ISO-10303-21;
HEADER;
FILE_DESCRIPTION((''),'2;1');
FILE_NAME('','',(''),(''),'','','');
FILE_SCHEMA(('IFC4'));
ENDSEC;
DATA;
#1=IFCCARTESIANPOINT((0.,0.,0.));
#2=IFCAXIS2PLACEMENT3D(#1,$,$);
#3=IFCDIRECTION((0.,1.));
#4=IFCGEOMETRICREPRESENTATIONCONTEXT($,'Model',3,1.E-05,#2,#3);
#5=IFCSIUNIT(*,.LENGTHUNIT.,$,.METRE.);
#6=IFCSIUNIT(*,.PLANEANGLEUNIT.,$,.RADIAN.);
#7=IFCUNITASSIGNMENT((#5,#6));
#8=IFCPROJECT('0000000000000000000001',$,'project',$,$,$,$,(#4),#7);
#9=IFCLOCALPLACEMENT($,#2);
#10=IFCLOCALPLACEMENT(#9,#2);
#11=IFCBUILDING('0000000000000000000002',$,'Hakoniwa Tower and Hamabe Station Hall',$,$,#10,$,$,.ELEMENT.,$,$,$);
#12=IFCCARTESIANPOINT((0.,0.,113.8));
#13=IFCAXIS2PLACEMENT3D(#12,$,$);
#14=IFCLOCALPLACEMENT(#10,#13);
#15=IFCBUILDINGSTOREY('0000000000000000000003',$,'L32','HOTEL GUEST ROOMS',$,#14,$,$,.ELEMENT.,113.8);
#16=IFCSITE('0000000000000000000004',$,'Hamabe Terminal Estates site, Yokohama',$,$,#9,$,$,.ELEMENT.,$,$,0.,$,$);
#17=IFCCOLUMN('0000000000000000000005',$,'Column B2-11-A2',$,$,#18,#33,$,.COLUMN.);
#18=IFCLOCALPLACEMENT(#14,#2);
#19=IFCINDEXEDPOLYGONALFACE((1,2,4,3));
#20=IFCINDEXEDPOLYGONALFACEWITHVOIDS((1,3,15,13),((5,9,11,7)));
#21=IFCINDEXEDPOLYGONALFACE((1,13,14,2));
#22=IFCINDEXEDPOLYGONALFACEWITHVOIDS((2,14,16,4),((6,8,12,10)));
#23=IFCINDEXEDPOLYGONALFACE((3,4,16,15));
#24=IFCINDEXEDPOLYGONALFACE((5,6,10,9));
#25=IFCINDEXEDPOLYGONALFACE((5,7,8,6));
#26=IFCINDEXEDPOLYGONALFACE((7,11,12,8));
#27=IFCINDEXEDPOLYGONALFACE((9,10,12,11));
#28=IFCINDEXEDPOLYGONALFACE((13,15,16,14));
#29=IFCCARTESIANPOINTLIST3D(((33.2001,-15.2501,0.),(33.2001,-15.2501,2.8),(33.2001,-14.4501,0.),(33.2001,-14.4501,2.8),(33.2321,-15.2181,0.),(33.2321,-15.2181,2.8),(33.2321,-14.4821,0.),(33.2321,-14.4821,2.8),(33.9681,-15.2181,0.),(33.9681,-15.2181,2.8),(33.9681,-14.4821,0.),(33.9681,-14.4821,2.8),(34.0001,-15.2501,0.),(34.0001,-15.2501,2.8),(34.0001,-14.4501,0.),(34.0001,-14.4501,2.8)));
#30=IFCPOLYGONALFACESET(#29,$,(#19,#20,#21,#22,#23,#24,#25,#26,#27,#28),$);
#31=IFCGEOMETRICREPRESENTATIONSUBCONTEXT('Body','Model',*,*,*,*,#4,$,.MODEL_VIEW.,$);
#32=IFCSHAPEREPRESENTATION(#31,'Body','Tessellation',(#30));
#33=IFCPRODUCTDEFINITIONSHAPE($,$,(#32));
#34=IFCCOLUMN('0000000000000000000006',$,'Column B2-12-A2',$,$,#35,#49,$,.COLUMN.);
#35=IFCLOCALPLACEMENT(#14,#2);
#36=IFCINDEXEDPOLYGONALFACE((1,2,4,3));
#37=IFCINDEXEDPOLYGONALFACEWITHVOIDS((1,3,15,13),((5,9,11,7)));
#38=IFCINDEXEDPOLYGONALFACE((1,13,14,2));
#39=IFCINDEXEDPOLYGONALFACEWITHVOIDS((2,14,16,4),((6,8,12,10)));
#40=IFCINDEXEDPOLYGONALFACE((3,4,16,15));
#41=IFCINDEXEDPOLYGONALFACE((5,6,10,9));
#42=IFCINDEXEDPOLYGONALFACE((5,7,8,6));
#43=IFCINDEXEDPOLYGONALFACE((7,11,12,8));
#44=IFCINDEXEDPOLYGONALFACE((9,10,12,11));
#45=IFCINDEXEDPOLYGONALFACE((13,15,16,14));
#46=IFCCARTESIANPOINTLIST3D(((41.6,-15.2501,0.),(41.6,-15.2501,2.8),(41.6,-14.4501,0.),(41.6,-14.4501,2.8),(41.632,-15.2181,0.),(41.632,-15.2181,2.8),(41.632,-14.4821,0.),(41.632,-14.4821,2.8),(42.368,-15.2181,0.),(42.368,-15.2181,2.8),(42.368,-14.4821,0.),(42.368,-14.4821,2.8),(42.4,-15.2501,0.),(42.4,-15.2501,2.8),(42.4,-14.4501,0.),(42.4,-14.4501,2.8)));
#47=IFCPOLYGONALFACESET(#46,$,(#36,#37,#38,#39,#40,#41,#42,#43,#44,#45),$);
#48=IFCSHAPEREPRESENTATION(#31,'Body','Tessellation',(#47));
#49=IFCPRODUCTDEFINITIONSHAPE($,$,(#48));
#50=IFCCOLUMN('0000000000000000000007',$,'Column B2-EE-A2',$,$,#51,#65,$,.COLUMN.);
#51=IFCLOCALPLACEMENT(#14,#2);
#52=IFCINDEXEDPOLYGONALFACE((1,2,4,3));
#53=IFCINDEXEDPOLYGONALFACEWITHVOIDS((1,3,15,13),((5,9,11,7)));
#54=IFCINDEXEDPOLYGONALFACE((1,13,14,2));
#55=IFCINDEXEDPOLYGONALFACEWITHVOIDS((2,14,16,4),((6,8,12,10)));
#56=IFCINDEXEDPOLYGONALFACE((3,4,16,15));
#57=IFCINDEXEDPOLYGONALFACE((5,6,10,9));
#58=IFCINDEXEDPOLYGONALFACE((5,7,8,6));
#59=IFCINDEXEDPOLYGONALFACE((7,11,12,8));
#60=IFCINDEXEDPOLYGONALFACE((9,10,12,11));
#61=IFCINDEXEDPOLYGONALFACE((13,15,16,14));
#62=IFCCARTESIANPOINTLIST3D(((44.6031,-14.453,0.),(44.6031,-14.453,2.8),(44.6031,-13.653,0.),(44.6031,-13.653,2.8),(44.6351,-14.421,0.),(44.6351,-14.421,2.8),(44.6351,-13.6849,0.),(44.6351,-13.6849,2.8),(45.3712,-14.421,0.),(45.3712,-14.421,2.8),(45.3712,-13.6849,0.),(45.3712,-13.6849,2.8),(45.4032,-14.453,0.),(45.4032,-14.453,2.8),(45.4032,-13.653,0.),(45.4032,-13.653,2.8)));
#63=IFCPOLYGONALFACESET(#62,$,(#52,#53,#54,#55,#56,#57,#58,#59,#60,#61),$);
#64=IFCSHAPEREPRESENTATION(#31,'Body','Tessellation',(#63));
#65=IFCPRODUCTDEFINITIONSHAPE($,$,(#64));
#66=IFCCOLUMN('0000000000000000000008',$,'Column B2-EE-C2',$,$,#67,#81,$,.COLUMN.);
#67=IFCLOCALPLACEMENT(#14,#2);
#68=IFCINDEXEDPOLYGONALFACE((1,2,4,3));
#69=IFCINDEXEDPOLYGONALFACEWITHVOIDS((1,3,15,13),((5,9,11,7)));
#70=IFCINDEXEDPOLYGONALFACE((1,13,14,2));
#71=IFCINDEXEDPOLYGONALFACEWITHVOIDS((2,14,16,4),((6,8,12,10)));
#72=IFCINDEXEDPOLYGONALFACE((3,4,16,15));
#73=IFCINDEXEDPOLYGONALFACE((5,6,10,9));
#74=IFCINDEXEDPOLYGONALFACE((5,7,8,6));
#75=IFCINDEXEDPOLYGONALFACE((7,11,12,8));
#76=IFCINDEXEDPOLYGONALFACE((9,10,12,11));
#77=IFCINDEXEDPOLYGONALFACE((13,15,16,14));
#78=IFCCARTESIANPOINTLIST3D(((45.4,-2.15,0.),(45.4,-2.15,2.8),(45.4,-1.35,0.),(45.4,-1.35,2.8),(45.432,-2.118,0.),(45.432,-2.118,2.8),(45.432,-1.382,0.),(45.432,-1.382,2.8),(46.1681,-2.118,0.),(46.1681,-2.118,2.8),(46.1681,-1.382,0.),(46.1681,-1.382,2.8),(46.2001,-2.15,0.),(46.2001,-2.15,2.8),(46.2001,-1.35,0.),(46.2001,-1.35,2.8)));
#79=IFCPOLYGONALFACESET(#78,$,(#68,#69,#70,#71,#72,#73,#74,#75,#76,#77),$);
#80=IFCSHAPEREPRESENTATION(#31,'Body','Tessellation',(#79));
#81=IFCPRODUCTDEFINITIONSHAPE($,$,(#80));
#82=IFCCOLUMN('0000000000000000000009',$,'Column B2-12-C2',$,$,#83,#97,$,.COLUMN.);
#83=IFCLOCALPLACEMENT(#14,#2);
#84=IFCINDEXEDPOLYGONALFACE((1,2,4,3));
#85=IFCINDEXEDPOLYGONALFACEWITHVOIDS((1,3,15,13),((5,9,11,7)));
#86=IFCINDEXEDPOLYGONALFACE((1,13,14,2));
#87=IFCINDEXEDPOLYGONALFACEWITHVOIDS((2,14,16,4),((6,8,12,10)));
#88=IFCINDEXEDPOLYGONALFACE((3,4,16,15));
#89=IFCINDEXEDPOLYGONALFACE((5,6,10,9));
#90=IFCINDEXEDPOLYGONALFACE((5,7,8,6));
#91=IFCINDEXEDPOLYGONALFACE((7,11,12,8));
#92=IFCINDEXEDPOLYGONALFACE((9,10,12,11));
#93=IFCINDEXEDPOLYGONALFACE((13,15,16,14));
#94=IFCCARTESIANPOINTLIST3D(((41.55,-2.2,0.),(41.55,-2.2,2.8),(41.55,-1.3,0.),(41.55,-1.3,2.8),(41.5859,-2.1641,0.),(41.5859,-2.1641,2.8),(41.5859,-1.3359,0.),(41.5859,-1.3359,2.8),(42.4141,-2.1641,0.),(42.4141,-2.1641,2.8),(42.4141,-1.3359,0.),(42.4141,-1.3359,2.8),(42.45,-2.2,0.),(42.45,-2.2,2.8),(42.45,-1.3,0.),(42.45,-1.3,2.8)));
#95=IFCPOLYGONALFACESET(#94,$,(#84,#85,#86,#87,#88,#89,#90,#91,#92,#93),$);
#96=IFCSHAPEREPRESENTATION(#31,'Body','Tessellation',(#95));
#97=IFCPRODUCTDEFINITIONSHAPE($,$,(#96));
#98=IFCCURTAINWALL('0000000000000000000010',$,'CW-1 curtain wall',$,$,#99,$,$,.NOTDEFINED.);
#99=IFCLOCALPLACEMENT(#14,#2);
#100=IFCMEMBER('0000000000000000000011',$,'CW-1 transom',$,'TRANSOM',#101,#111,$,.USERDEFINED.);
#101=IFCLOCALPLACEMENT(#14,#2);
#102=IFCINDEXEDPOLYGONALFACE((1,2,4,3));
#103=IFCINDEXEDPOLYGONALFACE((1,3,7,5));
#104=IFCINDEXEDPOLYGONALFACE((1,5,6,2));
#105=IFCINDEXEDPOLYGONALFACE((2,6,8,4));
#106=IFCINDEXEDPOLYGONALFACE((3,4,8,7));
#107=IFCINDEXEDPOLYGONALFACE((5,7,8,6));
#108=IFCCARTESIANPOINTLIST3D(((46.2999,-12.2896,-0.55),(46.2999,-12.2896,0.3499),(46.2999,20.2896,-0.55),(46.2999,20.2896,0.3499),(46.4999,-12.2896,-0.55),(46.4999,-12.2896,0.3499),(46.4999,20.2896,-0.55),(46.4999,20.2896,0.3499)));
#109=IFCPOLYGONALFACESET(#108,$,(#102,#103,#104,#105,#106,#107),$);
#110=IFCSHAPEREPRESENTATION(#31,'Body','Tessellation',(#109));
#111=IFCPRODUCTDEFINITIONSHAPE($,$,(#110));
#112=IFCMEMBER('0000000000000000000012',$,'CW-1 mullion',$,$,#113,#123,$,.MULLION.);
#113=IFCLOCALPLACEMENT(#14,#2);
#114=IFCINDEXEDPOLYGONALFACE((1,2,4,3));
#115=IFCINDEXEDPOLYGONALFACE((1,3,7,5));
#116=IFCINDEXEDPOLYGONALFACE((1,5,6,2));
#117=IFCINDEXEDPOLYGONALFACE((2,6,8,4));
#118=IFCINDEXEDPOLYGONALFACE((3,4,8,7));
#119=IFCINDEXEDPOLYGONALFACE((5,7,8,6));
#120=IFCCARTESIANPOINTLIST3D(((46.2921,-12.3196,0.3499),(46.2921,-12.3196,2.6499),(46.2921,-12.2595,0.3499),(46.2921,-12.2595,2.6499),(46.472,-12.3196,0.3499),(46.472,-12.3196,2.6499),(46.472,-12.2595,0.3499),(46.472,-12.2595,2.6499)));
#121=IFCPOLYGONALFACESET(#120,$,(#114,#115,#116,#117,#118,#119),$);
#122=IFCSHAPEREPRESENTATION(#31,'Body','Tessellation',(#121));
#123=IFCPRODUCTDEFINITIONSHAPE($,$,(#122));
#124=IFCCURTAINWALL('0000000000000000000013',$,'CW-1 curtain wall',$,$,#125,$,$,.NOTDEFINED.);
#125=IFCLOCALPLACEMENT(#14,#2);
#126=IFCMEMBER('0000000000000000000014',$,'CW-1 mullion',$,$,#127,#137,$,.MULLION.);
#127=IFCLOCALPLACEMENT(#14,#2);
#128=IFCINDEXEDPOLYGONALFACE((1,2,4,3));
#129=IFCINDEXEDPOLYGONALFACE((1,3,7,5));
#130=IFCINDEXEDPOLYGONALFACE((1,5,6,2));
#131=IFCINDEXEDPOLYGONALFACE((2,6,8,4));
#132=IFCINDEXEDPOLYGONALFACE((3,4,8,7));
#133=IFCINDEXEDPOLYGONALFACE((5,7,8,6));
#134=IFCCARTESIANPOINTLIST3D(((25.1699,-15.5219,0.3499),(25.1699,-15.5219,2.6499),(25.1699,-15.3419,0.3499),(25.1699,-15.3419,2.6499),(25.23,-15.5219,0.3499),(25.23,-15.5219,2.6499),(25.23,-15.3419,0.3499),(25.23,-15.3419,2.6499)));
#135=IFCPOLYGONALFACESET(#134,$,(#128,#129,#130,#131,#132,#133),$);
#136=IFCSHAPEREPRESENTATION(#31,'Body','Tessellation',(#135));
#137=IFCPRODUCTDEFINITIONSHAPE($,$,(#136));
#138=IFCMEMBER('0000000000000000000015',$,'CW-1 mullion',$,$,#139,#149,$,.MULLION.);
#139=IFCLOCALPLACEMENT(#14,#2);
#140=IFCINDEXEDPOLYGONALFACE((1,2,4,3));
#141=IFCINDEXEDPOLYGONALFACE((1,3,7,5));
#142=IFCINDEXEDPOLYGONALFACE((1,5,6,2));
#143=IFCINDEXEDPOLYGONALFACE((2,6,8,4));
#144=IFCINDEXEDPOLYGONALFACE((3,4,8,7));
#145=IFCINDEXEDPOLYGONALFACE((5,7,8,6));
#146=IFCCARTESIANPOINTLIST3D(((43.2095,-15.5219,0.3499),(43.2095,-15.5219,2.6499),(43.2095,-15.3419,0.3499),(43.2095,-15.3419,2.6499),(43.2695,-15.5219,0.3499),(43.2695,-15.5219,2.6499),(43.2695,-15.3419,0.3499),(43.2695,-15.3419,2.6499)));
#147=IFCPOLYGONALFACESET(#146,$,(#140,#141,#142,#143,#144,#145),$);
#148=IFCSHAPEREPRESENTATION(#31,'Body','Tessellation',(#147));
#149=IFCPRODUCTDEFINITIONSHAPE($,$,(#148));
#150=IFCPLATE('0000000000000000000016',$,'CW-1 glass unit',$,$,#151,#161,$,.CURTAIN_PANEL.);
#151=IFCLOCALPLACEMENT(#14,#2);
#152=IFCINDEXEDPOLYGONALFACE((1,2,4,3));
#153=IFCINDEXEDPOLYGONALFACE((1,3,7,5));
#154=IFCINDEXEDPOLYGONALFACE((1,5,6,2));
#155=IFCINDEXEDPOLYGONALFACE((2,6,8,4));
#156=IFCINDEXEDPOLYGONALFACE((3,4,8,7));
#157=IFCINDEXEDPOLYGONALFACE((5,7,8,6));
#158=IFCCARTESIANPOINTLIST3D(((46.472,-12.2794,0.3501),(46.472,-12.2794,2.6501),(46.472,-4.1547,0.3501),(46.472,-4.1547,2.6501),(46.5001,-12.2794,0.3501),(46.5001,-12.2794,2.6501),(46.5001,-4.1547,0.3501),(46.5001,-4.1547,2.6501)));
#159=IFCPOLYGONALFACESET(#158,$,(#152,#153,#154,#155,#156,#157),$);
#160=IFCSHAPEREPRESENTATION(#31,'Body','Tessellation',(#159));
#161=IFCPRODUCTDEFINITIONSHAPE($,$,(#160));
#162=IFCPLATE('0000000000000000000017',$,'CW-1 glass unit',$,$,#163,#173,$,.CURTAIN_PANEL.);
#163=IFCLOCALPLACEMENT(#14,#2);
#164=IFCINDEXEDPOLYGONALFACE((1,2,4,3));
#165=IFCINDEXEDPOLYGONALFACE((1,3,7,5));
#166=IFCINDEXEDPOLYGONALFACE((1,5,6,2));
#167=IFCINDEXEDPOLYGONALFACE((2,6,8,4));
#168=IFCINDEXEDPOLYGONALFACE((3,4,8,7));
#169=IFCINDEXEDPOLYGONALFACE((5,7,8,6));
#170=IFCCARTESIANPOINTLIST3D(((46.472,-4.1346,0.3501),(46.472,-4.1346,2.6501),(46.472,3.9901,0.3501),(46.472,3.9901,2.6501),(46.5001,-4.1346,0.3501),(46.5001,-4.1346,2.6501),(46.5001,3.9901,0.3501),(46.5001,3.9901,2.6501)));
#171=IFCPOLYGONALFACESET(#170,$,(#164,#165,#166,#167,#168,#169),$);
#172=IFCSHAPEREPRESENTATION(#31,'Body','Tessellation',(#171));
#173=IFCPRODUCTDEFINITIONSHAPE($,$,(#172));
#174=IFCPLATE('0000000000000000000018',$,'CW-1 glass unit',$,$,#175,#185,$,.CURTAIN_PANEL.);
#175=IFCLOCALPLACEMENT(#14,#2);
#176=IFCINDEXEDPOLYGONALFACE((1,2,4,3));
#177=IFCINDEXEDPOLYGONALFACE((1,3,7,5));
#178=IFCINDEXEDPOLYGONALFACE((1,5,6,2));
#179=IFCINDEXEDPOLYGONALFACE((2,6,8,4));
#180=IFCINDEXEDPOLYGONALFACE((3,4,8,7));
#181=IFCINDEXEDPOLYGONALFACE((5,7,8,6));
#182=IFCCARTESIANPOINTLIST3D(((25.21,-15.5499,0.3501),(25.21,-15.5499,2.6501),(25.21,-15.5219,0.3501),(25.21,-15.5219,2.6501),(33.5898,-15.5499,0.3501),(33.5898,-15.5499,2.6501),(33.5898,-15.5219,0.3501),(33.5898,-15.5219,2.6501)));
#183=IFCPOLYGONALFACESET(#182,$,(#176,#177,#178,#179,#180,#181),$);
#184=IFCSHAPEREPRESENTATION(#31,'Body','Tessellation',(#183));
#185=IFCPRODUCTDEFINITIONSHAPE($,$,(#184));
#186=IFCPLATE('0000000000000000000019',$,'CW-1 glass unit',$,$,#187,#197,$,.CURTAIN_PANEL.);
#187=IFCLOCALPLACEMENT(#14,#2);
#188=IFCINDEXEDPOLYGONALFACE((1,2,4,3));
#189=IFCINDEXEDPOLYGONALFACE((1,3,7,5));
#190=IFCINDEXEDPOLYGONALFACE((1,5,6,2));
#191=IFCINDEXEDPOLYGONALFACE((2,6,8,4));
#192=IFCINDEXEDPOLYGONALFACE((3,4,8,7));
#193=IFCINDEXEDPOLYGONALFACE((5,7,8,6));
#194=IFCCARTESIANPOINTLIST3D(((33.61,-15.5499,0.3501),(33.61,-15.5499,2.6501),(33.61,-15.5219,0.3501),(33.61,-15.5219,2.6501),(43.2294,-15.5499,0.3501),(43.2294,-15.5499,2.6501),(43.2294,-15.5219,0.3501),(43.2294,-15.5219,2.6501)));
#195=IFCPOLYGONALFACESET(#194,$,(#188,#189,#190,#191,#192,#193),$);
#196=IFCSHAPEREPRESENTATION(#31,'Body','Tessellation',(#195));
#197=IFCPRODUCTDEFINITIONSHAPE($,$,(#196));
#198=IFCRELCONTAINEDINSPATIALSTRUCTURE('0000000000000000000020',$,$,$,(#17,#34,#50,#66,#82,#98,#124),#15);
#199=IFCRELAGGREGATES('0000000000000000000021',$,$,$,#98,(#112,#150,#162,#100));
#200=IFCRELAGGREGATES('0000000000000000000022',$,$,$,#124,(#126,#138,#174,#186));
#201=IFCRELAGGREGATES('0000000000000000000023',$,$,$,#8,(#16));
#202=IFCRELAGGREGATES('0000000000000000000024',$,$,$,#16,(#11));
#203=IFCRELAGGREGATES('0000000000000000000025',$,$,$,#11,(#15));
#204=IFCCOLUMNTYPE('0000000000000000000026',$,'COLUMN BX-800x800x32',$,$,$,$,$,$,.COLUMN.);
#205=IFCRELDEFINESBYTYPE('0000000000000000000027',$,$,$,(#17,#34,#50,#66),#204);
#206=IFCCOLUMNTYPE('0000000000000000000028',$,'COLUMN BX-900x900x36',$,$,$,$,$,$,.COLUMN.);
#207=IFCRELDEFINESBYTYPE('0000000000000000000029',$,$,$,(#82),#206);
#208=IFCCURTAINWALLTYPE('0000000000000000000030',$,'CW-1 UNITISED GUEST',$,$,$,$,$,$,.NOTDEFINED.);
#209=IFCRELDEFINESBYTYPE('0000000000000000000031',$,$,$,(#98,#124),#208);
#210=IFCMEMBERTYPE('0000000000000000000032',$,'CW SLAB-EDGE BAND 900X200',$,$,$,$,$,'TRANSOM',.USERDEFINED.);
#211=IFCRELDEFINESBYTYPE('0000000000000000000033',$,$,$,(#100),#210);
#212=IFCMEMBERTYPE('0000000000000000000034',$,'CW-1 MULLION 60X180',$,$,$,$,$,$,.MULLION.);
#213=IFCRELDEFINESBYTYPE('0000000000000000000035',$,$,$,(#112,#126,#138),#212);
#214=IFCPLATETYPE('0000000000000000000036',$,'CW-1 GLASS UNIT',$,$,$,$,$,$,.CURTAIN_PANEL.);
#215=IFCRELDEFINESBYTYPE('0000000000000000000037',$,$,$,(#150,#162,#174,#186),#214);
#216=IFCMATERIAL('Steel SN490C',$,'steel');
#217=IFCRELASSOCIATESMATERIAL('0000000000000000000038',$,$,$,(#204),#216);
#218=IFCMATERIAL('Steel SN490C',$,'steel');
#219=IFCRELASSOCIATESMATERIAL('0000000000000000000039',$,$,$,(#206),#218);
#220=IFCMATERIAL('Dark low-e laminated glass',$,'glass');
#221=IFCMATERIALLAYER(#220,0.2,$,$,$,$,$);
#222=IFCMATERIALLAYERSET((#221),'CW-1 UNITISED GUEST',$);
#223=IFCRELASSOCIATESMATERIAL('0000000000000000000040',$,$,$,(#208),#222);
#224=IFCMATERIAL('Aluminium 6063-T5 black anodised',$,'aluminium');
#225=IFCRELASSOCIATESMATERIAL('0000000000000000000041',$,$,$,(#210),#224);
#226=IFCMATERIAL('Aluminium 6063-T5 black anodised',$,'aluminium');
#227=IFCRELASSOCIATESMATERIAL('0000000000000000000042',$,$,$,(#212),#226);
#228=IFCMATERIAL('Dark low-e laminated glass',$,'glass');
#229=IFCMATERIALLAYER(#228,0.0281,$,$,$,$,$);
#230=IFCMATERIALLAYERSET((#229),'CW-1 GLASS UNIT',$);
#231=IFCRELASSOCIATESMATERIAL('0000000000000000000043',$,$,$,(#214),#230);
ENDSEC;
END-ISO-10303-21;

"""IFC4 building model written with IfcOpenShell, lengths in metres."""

from ifc_helpers import new_model, si_unit, direction, frame, origin, origin_2d, place, context, subcontext, project, spatial, rectangle, hollow_rectangle, extrude, material, layer, layer_set, material_profile, profile_set, type_object, element, aggregate, save


model = new_model("IFC4")

# Units and contexts
model_context = context("Model", 3, precision=1e-05, world=origin(), true_north=direction((0.0, 1.0)))
body_context = subcontext(model_context, "Body", "Model", "MODEL_VIEW")
ifc_project = project(units=[si_unit("LENGTHUNIT", "METRE"), si_unit("PLANEANGLEUNIT", "RADIAN")], contexts=[model_context])

# Site, building, storey
site_placement = place(None, origin())
site = spatial("IfcSite", under=ifc_project, at=site_placement, Name="Hamabe Terminal Estates site, Yokohama", CompositionType="ELEMENT", RefElevation=0.0)
building_placement = place(site_placement, origin())
building = spatial("IfcBuilding", under=site, at=building_placement, Name="Hakoniwa Tower and Hamabe Station Hall", CompositionType="ELEMENT")
storey_placement = place(building_placement, frame((0.0, 0.0, 113.8)))
storey = spatial("IfcBuildingStorey", under=building, at=storey_placement, Name="L32", Description="HOTEL GUEST ROOMS", CompositionType="ELEMENT", Elevation=113.8)

# Columns
ifc_material_1 = material(Name="Steel SN490C", Category="steel")
ifc_material_profile_1 = material_profile(ifc_material_1, hollow_rectangle(XDim=0.8, YDim=0.8, WallThickness=0.032, at=origin_2d()), Name="BX-800x800x32")
ifc_profile_set_1 = profile_set([ifc_material_profile_1], Name="Steel SN490C")
column_type_1 = type_object("IfcColumnType", Name="COLUMN BX-800x800x32", PredefinedType="COLUMN", material=ifc_profile_set_1)
for number, where, z_axis, x_axis, name in (
    (1, (33.6001, -14.8501, 0.0), (0.0, 0.0, 1.0), (1.0, 0.0, 0.0), "Column B2-11-A2"),
    (2, (42.0, -14.8501, 0.0), (0.0, 0.0, 1.0), (1.0, 0.0, 0.0), "Column B2-12-A2"),
    (3, (45.0032, -14.053, 0.0), (0.0, 0.0, 1.0), (1.0, 0.0, 0.0), "Column B2-EE-A2"),
    (4, (45.8, -1.75, 0.0), (0.0, 0.0, 1.0), (1.0, 0.0, 0.0), "Column B2-EE-C2"),
):
    element("IfcColumn", number, at=place(storey_placement, frame(where, z_axis=z_axis, x_axis=x_axis)), inside=storey, type_object=column_type_1, Name=name, PredefinedType="COLUMN", context=body_context, shape_type="SweptSolid", body=[
        extrude(hollow_rectangle(XDim=0.8, YDim=0.8, WallThickness=0.032, at=origin_2d()), origin(), (0.0, 0.0, 1.0), 2.8),
    ])
ifc_material_2 = material(Name="Steel SN490C", Category="steel")
ifc_material_profile_2 = material_profile(ifc_material_2, hollow_rectangle(XDim=0.8999, YDim=0.8999, WallThickness=0.0359, at=origin_2d()), Name="BX-900x900x36")
ifc_profile_set_2 = profile_set([ifc_material_profile_2], Name="Steel SN490C")
column_type_2 = type_object("IfcColumnType", Name="COLUMN BX-900x900x36", PredefinedType="COLUMN", material=ifc_profile_set_2)
column_placement = place(storey_placement, frame((42.0, -1.75, 0.0), z_axis=(0.0, 0.0, 1.0), x_axis=(1.0, 0.0, 0.0)))
element("IfcColumn", 5, at=column_placement, inside=storey, type_object=column_type_2, Name="Column B2-12-C2", PredefinedType="COLUMN", context=body_context, shape_type="SweptSolid", body=[
    extrude(hollow_rectangle(XDim=0.8999, YDim=0.8999, WallThickness=0.0359, at=origin_2d()), origin(), (0.0, 0.0, 1.0), 2.8),
])

# Curtain walls, members
ifc_material_3 = material(Name="Dark low-e laminated glass", Category="glass")
ifc_layer_1 = layer(ifc_material_3, 0.2)
ifc_layer_set_1 = layer_set([ifc_layer_1], Name="CW-1 UNITISED GUEST")
curtain_wall_type = type_object("IfcCurtainWallType", Name="CW-1 UNITISED GUEST", PredefinedType="NOTDEFINED", material=ifc_layer_set_1)
curtain_wall_1_placement = place(storey_placement, origin())
curtain_wall_1 = element("IfcCurtainWall", 6, at=curtain_wall_1_placement, inside=storey, type_object=curtain_wall_type, Name="CW-1 curtain wall", PredefinedType="NOTDEFINED")
ifc_material_4 = material(Name="Aluminium 6063-T5 black anodised", Category="aluminium")
ifc_material_profile_3 = material_profile(ifc_material_4, rectangle(XDim=0.2, YDim=0.8999, at=origin_2d()), Name="CW SLAB-EDGE BAND 900X200")
ifc_profile_set_3 = profile_set([ifc_material_profile_3], Name="Aluminium 6063-T5 black anodised")
member_type_1 = type_object("IfcMemberType", Name="CW SLAB-EDGE BAND 900X200", ElementType="TRANSOM", PredefinedType="USERDEFINED", material=ifc_profile_set_3)
member_1_placement = place(storey_placement, frame((46.3999, -12.2896, -0.1001), z_axis=(0.0, 1.0, 0.0), x_axis=(-1.0, 0.0, 0.0)))
member_1 = element("IfcMember", 7, at=member_1_placement, type_object=member_type_1, Name="CW-1 transom", ObjectType="TRANSOM", PredefinedType="USERDEFINED", context=body_context, shape_type="SweptSolid", body=[
    extrude(rectangle(XDim=0.2, YDim=0.8999, at=origin_2d()), origin(), (0.0, 0.0, 1.0), 32.5791),
])
ifc_material_5 = material(Name="Aluminium 6063-T5 black anodised", Category="aluminium")
ifc_material_profile_4 = material_profile(ifc_material_5, rectangle(XDim=0.0601, YDim=0.1799, at=origin_2d()), Name="CW-1 MULLION 60X180")
ifc_profile_set_4 = profile_set([ifc_material_profile_4], Name="Aluminium 6063-T5 black anodised")
member_type_2 = type_object("IfcMemberType", Name="CW-1 MULLION 60X180", PredefinedType="MULLION", material=ifc_profile_set_4)
member_2_placement = place(storey_placement, frame((46.3821, -12.2896, 0.3499), z_axis=(0.0, 0.0, 1.0), x_axis=(0.0, 1.0, 0.0)))
member_2 = element("IfcMember", 8, at=member_2_placement, type_object=member_type_2, Name="CW-1 mullion", PredefinedType="MULLION", context=body_context, shape_type="SweptSolid", body=[
    extrude(rectangle(XDim=0.0601, YDim=0.1799, at=origin_2d()), origin(), (0.0, 0.0, 1.0), 2.3),
])
curtain_wall_2_placement = place(storey_placement, origin())
curtain_wall_2 = element("IfcCurtainWall", 9, at=curtain_wall_2_placement, inside=storey, type_object=curtain_wall_type, Name="CW-1 curtain wall", PredefinedType="NOTDEFINED")
member_3_placement = place(storey_placement, frame((25.2, -15.4319, 0.3499), z_axis=(0.0, 0.0, 1.0), x_axis=(1.0, 0.0, 0.0)))
member_3 = element("IfcMember", 10, at=member_3_placement, type_object=member_type_2, Name="CW-1 mullion", PredefinedType="MULLION", context=body_context, shape_type="SweptSolid", body=[
    extrude(rectangle(XDim=0.0601, YDim=0.1799, at=origin_2d()), origin(), (0.0, 0.0, 1.0), 2.3),
])
member_4_placement = place(storey_placement, frame((43.2395, -15.4319, 0.3499), z_axis=(0.0, 0.0, 1.0), x_axis=(1.0, 0.0, 0.0)))
member_4 = element("IfcMember", 11, at=member_4_placement, type_object=member_type_2, Name="CW-1 mullion", PredefinedType="MULLION", context=body_context, shape_type="SweptSolid", body=[
    extrude(rectangle(XDim=0.0601, YDim=0.1799, at=origin_2d()), origin(), (0.0, 0.0, 1.0), 2.3),
])

# Plates
ifc_material_6 = material(Name="Dark low-e laminated glass", Category="glass")
ifc_layer_2 = layer(ifc_material_6, 0.0281)
ifc_layer_set_2 = layer_set([ifc_layer_2], Name="CW-1 GLASS UNIT")
plate_type = type_object("IfcPlateType", Name="CW-1 GLASS UNIT", PredefinedType="CURTAIN_PANEL", material=ifc_layer_set_2)
plate_1_placement = place(storey_placement, frame((46.4861, -8.217, 0.3501), z_axis=(0.0, 0.0, 1.0), x_axis=(0.0, 1.0, 0.0)))
plate_1 = element("IfcPlate", 12, at=plate_1_placement, type_object=plate_type, Name="CW-1 glass unit", PredefinedType="CURTAIN_PANEL", context=body_context, shape_type="SweptSolid", body=[
    extrude(rectangle(XDim=8.1248, YDim=0.0281, at=origin_2d()), origin(), (0.0, 0.0, 1.0), 2.3),
])
plate_2_placement = place(storey_placement, frame((46.4861, -0.0723, 0.3501), z_axis=(0.0, 0.0, 1.0), x_axis=(0.0, 1.0, 0.0)))
plate_2 = element("IfcPlate", 13, at=plate_2_placement, type_object=plate_type, Name="CW-1 glass unit", PredefinedType="CURTAIN_PANEL", context=body_context, shape_type="SweptSolid", body=[
    extrude(rectangle(XDim=8.1248, YDim=0.0281, at=origin_2d()), origin(), (0.0, 0.0, 1.0), 2.3),
])
aggregate(curtain_wall_1, [member_2, plate_1, plate_2, member_1])
plate_3_placement = place(storey_placement, frame((29.3999, -15.5359, 0.3501), z_axis=(0.0, 0.0, 1.0), x_axis=(1.0, 0.0, 0.0)))
plate_3 = element("IfcPlate", 14, at=plate_3_placement, type_object=plate_type, Name="CW-1 glass unit", PredefinedType="CURTAIN_PANEL", context=body_context, shape_type="SweptSolid", body=[
    extrude(rectangle(XDim=8.3799, YDim=0.0281, at=origin_2d()), origin(), (0.0, 0.0, 1.0), 2.3),
])
plate_4_placement = place(storey_placement, frame((38.4197, -15.5359, 0.3501), z_axis=(0.0, 0.0, 1.0), x_axis=(1.0, 0.0, 0.0)))
plate_4 = element("IfcPlate", 15, at=plate_4_placement, type_object=plate_type, Name="CW-1 glass unit", PredefinedType="CURTAIN_PANEL", context=body_context, shape_type="SweptSolid", body=[
    extrude(rectangle(XDim=9.6194, YDim=0.0281, at=origin_2d()), origin(), (0.0, 0.0, 1.0), 2.3),
])
aggregate(curtain_wall_2, [member_3, member_4, plate_3, plate_4])

save(model, "model.ifc")
